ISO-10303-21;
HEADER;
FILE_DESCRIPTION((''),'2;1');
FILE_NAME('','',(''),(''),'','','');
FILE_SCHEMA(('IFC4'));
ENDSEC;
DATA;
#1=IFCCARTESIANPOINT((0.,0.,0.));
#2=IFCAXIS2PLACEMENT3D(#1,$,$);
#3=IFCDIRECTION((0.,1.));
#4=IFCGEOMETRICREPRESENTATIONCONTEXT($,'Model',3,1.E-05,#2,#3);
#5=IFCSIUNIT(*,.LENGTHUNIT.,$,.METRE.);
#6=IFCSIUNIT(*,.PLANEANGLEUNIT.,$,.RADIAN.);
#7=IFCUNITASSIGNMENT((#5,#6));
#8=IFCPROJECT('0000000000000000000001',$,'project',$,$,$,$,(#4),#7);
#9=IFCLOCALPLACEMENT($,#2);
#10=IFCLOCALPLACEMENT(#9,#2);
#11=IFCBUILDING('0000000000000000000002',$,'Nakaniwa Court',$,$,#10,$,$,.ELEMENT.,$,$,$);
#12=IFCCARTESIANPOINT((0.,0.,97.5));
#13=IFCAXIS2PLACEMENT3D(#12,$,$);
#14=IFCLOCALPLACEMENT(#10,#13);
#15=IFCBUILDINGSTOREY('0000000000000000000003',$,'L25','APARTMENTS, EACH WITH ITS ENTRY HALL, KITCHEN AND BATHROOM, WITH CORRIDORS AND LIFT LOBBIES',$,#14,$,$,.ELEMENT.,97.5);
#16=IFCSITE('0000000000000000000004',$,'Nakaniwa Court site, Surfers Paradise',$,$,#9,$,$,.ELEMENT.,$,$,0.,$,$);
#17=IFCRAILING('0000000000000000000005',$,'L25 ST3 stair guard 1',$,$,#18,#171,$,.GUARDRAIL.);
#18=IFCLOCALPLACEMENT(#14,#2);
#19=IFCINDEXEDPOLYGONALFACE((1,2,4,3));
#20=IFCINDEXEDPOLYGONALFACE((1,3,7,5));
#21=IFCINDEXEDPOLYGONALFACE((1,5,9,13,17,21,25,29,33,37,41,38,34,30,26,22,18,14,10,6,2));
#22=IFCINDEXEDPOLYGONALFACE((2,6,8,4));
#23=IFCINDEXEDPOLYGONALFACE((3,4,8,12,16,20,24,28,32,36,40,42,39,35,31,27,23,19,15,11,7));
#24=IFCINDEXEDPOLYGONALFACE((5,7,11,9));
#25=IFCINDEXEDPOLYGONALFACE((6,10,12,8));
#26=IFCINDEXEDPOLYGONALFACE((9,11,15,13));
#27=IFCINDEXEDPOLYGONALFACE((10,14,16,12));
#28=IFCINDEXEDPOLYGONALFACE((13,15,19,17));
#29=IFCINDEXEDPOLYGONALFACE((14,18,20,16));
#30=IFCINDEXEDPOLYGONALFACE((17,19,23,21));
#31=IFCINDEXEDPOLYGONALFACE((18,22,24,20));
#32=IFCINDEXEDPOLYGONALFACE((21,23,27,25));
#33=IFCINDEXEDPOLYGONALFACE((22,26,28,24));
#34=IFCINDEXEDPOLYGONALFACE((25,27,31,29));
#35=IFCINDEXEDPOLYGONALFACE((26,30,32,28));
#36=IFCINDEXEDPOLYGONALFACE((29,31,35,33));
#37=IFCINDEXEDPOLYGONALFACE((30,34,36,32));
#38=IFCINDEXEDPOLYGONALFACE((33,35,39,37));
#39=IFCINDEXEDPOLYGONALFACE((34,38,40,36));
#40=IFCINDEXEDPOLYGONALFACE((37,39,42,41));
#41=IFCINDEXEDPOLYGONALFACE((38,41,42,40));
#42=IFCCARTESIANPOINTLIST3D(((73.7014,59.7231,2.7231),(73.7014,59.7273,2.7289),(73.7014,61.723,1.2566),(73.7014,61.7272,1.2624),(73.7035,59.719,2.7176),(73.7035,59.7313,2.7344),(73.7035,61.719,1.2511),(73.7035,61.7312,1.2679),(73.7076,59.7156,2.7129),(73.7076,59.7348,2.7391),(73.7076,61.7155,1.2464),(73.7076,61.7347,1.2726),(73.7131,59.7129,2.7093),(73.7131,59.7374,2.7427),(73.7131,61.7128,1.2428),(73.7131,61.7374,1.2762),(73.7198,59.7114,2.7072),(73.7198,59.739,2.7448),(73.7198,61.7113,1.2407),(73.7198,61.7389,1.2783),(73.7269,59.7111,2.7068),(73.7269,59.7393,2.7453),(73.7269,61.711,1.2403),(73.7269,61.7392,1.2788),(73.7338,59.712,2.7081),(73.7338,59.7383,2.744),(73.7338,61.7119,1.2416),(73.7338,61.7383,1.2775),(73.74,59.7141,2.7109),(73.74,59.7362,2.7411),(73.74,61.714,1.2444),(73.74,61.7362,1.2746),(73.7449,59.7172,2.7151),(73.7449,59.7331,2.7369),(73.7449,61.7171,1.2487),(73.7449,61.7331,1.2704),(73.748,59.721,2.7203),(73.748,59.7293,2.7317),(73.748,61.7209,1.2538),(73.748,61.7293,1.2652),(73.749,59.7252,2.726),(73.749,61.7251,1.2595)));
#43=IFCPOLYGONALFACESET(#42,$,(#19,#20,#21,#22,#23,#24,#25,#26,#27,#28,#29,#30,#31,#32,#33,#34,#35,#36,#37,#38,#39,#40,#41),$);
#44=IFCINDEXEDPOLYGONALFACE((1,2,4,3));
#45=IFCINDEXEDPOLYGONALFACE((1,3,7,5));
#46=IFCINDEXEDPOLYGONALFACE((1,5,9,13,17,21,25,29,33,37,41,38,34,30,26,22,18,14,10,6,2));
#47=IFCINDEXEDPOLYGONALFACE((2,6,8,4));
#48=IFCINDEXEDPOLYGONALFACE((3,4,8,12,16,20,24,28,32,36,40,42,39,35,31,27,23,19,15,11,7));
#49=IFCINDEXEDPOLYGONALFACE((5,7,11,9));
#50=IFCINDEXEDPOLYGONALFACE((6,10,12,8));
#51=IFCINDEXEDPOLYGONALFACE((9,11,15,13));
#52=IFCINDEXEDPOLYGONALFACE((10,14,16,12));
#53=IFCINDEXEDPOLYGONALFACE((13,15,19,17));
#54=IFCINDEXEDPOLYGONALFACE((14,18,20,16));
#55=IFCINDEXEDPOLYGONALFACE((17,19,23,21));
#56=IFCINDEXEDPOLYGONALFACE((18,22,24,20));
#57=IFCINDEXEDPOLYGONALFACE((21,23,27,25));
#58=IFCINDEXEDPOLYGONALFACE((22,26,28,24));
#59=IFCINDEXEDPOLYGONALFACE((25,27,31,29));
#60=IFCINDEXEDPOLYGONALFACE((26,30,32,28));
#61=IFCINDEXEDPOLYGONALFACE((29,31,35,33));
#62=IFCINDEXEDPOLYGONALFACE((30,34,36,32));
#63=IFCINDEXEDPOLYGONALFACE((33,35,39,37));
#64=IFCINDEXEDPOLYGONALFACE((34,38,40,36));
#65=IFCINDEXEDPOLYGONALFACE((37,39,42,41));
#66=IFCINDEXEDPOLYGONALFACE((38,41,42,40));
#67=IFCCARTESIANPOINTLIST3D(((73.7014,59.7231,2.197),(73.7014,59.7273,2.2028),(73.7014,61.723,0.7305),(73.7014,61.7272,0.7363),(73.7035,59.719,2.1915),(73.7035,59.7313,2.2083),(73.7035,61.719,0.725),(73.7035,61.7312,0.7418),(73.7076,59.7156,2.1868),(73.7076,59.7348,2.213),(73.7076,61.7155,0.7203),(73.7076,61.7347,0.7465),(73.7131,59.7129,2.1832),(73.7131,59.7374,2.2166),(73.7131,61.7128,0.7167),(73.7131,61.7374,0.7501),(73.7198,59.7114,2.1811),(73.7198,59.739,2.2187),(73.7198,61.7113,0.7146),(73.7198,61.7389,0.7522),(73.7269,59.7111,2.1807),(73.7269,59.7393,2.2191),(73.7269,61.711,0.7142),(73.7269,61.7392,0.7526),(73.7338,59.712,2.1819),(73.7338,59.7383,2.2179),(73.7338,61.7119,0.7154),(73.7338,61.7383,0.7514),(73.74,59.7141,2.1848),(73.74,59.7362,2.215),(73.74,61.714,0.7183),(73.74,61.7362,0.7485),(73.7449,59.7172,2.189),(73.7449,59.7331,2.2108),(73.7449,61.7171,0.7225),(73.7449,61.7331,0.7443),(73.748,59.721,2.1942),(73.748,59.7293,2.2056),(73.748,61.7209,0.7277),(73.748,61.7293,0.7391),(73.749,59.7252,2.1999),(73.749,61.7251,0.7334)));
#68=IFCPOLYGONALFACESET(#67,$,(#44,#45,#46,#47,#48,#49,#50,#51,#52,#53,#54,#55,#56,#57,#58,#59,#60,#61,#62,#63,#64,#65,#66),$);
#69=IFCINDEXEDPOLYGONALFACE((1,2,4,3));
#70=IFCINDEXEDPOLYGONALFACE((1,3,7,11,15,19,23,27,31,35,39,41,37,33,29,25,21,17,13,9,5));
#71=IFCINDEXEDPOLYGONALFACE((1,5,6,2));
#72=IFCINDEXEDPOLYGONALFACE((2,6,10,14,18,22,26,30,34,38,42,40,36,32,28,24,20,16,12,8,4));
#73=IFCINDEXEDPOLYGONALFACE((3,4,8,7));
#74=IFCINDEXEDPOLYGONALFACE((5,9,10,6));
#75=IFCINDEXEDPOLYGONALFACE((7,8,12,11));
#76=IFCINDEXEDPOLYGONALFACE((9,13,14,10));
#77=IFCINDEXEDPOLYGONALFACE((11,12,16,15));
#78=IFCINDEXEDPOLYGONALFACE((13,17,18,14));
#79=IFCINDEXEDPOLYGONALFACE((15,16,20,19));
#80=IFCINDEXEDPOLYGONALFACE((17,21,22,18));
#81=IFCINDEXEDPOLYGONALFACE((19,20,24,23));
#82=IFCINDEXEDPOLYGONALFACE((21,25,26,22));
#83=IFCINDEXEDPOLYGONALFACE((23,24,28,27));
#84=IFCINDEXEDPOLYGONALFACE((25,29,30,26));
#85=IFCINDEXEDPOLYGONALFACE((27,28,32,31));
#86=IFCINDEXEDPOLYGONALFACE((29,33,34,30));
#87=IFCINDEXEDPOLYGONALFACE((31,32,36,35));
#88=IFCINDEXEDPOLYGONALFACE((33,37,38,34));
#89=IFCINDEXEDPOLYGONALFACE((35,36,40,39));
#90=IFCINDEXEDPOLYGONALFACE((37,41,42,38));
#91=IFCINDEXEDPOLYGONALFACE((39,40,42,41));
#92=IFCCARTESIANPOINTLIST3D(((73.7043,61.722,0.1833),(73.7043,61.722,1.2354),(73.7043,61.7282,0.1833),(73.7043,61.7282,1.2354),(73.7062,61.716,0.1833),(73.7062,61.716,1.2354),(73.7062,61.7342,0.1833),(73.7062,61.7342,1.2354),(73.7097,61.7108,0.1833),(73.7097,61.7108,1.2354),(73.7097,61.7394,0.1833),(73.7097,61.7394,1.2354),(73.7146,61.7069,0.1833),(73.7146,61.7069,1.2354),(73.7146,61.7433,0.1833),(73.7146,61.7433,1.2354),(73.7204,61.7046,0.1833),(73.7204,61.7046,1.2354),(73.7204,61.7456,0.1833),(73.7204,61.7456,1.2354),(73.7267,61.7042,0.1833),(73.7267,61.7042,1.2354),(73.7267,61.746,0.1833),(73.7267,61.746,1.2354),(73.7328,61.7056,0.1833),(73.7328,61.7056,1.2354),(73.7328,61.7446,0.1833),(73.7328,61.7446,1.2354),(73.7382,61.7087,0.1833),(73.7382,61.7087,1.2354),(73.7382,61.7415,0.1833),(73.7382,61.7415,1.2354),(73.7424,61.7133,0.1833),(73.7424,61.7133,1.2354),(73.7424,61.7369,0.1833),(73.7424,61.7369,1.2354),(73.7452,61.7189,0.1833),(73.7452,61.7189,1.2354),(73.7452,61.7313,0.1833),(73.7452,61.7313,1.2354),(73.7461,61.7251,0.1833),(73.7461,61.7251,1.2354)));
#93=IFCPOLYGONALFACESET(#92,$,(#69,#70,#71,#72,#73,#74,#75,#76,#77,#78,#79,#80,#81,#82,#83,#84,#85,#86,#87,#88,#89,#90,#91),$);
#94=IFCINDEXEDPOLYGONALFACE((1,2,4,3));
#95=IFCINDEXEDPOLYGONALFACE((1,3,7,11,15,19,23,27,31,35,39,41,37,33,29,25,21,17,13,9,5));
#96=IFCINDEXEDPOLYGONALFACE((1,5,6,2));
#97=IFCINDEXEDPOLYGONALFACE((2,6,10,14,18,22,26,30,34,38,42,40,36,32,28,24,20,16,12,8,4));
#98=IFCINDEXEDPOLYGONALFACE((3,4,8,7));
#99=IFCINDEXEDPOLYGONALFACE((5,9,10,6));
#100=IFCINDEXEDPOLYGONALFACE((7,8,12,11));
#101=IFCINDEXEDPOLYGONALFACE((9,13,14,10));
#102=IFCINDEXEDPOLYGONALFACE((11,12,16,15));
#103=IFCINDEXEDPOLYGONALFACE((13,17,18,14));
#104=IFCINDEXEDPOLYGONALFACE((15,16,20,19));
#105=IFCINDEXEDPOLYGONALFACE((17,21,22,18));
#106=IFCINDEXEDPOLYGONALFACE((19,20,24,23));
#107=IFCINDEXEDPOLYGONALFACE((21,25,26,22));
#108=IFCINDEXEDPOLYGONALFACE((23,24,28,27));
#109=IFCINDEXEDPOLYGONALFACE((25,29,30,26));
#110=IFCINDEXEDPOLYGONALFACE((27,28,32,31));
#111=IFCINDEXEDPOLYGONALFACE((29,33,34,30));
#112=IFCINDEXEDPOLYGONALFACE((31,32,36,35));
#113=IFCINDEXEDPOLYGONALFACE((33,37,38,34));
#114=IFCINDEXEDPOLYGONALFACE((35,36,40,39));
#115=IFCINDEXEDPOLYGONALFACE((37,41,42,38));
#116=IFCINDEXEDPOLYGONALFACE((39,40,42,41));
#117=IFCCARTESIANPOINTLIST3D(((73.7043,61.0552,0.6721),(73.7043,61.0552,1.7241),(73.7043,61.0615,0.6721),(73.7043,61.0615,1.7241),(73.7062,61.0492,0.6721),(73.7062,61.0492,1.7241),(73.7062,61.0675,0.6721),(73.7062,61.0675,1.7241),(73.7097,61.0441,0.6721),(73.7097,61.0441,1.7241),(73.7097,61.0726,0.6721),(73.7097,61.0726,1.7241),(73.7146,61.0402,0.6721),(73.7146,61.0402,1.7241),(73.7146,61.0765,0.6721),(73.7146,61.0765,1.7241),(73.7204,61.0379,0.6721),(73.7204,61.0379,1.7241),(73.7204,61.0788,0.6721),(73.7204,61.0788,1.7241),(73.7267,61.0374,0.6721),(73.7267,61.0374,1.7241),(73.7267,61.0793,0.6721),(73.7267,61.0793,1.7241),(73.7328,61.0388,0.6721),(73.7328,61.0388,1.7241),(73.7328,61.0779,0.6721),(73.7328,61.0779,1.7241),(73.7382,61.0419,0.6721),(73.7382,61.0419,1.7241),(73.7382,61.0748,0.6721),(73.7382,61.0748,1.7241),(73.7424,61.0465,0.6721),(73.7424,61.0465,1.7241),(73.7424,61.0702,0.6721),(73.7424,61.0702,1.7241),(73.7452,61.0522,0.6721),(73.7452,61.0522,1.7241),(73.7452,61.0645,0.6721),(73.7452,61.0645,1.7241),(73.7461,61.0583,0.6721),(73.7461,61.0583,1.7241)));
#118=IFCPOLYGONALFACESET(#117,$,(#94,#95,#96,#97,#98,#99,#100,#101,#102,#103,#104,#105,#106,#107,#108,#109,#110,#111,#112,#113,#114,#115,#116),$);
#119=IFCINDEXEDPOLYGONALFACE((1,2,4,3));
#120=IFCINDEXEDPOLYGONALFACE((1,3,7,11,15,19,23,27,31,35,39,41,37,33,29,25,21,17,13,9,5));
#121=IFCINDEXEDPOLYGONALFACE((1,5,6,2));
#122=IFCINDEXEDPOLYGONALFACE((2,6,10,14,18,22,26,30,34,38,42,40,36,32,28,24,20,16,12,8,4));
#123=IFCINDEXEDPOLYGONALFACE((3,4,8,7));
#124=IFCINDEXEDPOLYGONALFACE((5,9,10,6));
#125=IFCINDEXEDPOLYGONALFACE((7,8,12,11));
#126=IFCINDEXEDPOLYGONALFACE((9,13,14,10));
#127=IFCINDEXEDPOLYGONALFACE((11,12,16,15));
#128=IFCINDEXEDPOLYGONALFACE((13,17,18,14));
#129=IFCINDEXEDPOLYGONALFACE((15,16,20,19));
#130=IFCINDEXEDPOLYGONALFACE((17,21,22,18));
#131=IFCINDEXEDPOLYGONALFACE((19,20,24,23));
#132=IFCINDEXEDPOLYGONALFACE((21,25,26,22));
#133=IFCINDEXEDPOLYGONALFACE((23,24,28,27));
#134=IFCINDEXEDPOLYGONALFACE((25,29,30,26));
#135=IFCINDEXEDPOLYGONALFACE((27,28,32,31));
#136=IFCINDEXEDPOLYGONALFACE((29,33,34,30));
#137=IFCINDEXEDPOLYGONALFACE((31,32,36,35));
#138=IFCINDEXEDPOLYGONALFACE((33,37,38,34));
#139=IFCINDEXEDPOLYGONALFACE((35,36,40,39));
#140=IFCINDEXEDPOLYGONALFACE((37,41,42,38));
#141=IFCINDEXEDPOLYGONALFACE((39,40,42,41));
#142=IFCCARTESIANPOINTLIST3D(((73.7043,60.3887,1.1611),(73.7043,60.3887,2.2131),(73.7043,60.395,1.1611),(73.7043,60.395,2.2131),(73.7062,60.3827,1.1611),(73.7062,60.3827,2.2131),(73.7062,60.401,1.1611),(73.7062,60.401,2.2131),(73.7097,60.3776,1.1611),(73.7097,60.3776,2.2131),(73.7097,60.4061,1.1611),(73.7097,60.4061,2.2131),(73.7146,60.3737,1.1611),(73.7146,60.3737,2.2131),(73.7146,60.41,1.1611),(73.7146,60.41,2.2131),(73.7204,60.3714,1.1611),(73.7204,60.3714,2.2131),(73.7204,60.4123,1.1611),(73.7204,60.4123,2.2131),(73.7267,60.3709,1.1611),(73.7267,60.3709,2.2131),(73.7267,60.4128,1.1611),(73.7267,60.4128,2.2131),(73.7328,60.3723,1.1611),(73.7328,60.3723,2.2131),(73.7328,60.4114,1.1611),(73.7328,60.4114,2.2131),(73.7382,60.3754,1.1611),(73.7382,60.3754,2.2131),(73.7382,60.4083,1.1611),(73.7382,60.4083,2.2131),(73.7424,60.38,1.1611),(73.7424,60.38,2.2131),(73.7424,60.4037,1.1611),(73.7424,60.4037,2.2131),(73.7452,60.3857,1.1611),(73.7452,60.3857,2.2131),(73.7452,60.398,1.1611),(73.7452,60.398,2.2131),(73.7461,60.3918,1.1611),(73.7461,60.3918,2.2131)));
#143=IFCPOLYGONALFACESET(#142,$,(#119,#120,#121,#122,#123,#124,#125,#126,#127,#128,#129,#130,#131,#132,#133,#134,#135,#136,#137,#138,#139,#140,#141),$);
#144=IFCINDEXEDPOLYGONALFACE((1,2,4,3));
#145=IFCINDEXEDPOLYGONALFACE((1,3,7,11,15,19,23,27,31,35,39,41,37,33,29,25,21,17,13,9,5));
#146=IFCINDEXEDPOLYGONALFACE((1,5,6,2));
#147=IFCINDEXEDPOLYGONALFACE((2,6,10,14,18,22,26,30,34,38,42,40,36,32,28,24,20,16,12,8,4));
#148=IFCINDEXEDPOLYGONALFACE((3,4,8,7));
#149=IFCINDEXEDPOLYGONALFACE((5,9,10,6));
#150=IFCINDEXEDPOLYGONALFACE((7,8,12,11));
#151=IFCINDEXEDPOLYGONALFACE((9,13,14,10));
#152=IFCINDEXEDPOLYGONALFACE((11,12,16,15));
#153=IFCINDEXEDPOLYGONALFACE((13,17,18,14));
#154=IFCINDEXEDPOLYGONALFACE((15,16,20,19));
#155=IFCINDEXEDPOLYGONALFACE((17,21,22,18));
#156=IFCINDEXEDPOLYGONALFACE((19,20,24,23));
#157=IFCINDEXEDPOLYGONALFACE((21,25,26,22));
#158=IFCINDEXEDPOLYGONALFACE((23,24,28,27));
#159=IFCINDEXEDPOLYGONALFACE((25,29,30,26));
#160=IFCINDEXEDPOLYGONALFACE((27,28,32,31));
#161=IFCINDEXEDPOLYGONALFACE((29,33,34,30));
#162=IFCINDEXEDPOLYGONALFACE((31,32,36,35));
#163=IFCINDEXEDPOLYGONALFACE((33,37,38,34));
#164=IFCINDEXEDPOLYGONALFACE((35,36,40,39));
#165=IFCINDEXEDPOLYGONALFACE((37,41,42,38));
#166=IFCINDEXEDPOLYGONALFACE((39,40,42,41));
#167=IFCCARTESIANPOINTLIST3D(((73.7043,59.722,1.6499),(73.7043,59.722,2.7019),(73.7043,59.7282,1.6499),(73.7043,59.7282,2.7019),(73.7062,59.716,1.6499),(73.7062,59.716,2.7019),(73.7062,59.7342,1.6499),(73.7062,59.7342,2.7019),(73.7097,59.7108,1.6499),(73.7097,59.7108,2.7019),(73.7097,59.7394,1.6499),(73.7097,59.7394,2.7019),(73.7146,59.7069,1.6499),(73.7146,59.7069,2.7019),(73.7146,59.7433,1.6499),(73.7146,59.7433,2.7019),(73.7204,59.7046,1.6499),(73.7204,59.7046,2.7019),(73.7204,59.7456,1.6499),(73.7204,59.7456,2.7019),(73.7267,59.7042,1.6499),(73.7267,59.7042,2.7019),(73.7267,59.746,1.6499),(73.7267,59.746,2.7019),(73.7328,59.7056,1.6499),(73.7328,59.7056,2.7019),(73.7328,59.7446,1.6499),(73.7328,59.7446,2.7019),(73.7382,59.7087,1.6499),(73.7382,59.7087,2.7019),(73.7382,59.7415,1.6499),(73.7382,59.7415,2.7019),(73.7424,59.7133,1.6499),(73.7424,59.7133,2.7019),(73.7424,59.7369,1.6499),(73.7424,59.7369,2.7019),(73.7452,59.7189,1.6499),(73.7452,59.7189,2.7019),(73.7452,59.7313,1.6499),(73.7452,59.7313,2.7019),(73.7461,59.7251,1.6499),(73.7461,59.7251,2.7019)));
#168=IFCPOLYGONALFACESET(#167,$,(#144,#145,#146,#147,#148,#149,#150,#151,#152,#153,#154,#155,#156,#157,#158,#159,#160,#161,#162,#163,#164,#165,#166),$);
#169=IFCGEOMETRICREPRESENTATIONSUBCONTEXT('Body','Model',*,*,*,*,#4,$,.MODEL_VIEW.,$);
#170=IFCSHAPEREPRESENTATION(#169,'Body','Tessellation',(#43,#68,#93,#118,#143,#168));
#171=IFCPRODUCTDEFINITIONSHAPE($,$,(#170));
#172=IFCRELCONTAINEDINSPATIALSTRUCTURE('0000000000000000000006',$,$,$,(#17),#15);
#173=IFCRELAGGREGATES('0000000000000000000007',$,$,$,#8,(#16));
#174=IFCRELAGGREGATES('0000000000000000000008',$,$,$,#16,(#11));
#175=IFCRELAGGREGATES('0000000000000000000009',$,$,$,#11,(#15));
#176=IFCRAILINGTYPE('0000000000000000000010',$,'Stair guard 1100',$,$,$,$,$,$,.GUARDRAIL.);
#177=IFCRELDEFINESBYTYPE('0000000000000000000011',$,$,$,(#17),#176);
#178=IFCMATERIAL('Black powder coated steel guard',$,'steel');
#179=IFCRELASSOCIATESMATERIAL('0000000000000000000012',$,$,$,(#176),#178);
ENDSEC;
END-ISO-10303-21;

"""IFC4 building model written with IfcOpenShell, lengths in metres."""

from ifc_helpers import new_model, si_unit, direction, frame, origin, origin_2d, place, context, subcontext, project, spatial, circle, extrude, material, type_object, element, save


model = new_model("IFC4")

# Units and contexts
model_context = context("Model", 3, precision=1e-05, world=origin(), true_north=direction((0.0, 1.0)))
body_context = subcontext(model_context, "Body", "Model", "MODEL_VIEW")
ifc_project = project(units=[si_unit("LENGTHUNIT", "METRE"), si_unit("PLANEANGLEUNIT", "RADIAN")], contexts=[model_context])

# Site, building, storey
site_placement = place(None, origin())
site = spatial("IfcSite", under=ifc_project, at=site_placement, Name="Nakaniwa Court site, Surfers Paradise", CompositionType="ELEMENT", RefElevation=0.0)
building_placement = place(site_placement, origin())
building = spatial("IfcBuilding", under=site, at=building_placement, Name="Nakaniwa Court", CompositionType="ELEMENT")
storey_placement = place(building_placement, frame((0.0, 0.0, 97.5)))
storey = spatial("IfcBuildingStorey", under=building, at=storey_placement, Name="L25", Description="APARTMENTS, EACH WITH ITS ENTRY HALL, KITCHEN AND BATHROOM, WITH CORRIDORS AND LIFT LOBBIES", CompositionType="ELEMENT", Elevation=97.5)

# Railing
ifc_material_1 = material(Name="Black powder coated steel guard", Category="steel")
railing_type_1 = type_object("IfcRailingType", Name="Stair guard 1100", PredefinedType="GUARDRAIL", material=ifc_material_1)
railing_1_placement = place(storey_placement, frame((73.7251, 61.7251, 0.1833)))
element("IfcRailing", 1, at=railing_1_placement, inside=storey, type_object=railing_type_1, Name="L25 ST3 stair guard 1", PredefinedType="GUARDRAIL", context=body_context, shape_type="SweptSolid", body=[
    extrude(circle(Radius=0.0239, at=origin_2d()), frame((0.0, 0.0, 1.0762), z_axis=(0.0, -0.806427, 0.591334), x_axis=(1.0, 0.0, 0.0)), (0.0, 0.0, 1.0), 2.48),
    extrude(circle(Radius=0.0239, at=origin_2d()), frame((0.0, 0.0, 0.55), z_axis=(0.0, -0.806427, 0.591334), x_axis=(1.0, 0.0, 0.0)), (0.0, 0.0, 1.0), 2.48),
    extrude(circle(Radius=0.021, at=origin_2d()), origin(), (0.0, 0.0, 1.0), 1.052),
    extrude(circle(Radius=0.021, at=origin_2d()), frame((0.0, -0.6667, 0.4888)), (0.0, 0.0, 1.0), 1.052),
    extrude(circle(Radius=0.021, at=origin_2d()), frame((0.0, -1.3333, 0.9778)), (0.0, 0.0, 1.0), 1.052),
    extrude(circle(Radius=0.021, at=origin_2d()), frame((0.0, -2.0, 1.4666)), (0.0, 0.0, 1.0), 1.052),
])

save(model, "model.ifc")
